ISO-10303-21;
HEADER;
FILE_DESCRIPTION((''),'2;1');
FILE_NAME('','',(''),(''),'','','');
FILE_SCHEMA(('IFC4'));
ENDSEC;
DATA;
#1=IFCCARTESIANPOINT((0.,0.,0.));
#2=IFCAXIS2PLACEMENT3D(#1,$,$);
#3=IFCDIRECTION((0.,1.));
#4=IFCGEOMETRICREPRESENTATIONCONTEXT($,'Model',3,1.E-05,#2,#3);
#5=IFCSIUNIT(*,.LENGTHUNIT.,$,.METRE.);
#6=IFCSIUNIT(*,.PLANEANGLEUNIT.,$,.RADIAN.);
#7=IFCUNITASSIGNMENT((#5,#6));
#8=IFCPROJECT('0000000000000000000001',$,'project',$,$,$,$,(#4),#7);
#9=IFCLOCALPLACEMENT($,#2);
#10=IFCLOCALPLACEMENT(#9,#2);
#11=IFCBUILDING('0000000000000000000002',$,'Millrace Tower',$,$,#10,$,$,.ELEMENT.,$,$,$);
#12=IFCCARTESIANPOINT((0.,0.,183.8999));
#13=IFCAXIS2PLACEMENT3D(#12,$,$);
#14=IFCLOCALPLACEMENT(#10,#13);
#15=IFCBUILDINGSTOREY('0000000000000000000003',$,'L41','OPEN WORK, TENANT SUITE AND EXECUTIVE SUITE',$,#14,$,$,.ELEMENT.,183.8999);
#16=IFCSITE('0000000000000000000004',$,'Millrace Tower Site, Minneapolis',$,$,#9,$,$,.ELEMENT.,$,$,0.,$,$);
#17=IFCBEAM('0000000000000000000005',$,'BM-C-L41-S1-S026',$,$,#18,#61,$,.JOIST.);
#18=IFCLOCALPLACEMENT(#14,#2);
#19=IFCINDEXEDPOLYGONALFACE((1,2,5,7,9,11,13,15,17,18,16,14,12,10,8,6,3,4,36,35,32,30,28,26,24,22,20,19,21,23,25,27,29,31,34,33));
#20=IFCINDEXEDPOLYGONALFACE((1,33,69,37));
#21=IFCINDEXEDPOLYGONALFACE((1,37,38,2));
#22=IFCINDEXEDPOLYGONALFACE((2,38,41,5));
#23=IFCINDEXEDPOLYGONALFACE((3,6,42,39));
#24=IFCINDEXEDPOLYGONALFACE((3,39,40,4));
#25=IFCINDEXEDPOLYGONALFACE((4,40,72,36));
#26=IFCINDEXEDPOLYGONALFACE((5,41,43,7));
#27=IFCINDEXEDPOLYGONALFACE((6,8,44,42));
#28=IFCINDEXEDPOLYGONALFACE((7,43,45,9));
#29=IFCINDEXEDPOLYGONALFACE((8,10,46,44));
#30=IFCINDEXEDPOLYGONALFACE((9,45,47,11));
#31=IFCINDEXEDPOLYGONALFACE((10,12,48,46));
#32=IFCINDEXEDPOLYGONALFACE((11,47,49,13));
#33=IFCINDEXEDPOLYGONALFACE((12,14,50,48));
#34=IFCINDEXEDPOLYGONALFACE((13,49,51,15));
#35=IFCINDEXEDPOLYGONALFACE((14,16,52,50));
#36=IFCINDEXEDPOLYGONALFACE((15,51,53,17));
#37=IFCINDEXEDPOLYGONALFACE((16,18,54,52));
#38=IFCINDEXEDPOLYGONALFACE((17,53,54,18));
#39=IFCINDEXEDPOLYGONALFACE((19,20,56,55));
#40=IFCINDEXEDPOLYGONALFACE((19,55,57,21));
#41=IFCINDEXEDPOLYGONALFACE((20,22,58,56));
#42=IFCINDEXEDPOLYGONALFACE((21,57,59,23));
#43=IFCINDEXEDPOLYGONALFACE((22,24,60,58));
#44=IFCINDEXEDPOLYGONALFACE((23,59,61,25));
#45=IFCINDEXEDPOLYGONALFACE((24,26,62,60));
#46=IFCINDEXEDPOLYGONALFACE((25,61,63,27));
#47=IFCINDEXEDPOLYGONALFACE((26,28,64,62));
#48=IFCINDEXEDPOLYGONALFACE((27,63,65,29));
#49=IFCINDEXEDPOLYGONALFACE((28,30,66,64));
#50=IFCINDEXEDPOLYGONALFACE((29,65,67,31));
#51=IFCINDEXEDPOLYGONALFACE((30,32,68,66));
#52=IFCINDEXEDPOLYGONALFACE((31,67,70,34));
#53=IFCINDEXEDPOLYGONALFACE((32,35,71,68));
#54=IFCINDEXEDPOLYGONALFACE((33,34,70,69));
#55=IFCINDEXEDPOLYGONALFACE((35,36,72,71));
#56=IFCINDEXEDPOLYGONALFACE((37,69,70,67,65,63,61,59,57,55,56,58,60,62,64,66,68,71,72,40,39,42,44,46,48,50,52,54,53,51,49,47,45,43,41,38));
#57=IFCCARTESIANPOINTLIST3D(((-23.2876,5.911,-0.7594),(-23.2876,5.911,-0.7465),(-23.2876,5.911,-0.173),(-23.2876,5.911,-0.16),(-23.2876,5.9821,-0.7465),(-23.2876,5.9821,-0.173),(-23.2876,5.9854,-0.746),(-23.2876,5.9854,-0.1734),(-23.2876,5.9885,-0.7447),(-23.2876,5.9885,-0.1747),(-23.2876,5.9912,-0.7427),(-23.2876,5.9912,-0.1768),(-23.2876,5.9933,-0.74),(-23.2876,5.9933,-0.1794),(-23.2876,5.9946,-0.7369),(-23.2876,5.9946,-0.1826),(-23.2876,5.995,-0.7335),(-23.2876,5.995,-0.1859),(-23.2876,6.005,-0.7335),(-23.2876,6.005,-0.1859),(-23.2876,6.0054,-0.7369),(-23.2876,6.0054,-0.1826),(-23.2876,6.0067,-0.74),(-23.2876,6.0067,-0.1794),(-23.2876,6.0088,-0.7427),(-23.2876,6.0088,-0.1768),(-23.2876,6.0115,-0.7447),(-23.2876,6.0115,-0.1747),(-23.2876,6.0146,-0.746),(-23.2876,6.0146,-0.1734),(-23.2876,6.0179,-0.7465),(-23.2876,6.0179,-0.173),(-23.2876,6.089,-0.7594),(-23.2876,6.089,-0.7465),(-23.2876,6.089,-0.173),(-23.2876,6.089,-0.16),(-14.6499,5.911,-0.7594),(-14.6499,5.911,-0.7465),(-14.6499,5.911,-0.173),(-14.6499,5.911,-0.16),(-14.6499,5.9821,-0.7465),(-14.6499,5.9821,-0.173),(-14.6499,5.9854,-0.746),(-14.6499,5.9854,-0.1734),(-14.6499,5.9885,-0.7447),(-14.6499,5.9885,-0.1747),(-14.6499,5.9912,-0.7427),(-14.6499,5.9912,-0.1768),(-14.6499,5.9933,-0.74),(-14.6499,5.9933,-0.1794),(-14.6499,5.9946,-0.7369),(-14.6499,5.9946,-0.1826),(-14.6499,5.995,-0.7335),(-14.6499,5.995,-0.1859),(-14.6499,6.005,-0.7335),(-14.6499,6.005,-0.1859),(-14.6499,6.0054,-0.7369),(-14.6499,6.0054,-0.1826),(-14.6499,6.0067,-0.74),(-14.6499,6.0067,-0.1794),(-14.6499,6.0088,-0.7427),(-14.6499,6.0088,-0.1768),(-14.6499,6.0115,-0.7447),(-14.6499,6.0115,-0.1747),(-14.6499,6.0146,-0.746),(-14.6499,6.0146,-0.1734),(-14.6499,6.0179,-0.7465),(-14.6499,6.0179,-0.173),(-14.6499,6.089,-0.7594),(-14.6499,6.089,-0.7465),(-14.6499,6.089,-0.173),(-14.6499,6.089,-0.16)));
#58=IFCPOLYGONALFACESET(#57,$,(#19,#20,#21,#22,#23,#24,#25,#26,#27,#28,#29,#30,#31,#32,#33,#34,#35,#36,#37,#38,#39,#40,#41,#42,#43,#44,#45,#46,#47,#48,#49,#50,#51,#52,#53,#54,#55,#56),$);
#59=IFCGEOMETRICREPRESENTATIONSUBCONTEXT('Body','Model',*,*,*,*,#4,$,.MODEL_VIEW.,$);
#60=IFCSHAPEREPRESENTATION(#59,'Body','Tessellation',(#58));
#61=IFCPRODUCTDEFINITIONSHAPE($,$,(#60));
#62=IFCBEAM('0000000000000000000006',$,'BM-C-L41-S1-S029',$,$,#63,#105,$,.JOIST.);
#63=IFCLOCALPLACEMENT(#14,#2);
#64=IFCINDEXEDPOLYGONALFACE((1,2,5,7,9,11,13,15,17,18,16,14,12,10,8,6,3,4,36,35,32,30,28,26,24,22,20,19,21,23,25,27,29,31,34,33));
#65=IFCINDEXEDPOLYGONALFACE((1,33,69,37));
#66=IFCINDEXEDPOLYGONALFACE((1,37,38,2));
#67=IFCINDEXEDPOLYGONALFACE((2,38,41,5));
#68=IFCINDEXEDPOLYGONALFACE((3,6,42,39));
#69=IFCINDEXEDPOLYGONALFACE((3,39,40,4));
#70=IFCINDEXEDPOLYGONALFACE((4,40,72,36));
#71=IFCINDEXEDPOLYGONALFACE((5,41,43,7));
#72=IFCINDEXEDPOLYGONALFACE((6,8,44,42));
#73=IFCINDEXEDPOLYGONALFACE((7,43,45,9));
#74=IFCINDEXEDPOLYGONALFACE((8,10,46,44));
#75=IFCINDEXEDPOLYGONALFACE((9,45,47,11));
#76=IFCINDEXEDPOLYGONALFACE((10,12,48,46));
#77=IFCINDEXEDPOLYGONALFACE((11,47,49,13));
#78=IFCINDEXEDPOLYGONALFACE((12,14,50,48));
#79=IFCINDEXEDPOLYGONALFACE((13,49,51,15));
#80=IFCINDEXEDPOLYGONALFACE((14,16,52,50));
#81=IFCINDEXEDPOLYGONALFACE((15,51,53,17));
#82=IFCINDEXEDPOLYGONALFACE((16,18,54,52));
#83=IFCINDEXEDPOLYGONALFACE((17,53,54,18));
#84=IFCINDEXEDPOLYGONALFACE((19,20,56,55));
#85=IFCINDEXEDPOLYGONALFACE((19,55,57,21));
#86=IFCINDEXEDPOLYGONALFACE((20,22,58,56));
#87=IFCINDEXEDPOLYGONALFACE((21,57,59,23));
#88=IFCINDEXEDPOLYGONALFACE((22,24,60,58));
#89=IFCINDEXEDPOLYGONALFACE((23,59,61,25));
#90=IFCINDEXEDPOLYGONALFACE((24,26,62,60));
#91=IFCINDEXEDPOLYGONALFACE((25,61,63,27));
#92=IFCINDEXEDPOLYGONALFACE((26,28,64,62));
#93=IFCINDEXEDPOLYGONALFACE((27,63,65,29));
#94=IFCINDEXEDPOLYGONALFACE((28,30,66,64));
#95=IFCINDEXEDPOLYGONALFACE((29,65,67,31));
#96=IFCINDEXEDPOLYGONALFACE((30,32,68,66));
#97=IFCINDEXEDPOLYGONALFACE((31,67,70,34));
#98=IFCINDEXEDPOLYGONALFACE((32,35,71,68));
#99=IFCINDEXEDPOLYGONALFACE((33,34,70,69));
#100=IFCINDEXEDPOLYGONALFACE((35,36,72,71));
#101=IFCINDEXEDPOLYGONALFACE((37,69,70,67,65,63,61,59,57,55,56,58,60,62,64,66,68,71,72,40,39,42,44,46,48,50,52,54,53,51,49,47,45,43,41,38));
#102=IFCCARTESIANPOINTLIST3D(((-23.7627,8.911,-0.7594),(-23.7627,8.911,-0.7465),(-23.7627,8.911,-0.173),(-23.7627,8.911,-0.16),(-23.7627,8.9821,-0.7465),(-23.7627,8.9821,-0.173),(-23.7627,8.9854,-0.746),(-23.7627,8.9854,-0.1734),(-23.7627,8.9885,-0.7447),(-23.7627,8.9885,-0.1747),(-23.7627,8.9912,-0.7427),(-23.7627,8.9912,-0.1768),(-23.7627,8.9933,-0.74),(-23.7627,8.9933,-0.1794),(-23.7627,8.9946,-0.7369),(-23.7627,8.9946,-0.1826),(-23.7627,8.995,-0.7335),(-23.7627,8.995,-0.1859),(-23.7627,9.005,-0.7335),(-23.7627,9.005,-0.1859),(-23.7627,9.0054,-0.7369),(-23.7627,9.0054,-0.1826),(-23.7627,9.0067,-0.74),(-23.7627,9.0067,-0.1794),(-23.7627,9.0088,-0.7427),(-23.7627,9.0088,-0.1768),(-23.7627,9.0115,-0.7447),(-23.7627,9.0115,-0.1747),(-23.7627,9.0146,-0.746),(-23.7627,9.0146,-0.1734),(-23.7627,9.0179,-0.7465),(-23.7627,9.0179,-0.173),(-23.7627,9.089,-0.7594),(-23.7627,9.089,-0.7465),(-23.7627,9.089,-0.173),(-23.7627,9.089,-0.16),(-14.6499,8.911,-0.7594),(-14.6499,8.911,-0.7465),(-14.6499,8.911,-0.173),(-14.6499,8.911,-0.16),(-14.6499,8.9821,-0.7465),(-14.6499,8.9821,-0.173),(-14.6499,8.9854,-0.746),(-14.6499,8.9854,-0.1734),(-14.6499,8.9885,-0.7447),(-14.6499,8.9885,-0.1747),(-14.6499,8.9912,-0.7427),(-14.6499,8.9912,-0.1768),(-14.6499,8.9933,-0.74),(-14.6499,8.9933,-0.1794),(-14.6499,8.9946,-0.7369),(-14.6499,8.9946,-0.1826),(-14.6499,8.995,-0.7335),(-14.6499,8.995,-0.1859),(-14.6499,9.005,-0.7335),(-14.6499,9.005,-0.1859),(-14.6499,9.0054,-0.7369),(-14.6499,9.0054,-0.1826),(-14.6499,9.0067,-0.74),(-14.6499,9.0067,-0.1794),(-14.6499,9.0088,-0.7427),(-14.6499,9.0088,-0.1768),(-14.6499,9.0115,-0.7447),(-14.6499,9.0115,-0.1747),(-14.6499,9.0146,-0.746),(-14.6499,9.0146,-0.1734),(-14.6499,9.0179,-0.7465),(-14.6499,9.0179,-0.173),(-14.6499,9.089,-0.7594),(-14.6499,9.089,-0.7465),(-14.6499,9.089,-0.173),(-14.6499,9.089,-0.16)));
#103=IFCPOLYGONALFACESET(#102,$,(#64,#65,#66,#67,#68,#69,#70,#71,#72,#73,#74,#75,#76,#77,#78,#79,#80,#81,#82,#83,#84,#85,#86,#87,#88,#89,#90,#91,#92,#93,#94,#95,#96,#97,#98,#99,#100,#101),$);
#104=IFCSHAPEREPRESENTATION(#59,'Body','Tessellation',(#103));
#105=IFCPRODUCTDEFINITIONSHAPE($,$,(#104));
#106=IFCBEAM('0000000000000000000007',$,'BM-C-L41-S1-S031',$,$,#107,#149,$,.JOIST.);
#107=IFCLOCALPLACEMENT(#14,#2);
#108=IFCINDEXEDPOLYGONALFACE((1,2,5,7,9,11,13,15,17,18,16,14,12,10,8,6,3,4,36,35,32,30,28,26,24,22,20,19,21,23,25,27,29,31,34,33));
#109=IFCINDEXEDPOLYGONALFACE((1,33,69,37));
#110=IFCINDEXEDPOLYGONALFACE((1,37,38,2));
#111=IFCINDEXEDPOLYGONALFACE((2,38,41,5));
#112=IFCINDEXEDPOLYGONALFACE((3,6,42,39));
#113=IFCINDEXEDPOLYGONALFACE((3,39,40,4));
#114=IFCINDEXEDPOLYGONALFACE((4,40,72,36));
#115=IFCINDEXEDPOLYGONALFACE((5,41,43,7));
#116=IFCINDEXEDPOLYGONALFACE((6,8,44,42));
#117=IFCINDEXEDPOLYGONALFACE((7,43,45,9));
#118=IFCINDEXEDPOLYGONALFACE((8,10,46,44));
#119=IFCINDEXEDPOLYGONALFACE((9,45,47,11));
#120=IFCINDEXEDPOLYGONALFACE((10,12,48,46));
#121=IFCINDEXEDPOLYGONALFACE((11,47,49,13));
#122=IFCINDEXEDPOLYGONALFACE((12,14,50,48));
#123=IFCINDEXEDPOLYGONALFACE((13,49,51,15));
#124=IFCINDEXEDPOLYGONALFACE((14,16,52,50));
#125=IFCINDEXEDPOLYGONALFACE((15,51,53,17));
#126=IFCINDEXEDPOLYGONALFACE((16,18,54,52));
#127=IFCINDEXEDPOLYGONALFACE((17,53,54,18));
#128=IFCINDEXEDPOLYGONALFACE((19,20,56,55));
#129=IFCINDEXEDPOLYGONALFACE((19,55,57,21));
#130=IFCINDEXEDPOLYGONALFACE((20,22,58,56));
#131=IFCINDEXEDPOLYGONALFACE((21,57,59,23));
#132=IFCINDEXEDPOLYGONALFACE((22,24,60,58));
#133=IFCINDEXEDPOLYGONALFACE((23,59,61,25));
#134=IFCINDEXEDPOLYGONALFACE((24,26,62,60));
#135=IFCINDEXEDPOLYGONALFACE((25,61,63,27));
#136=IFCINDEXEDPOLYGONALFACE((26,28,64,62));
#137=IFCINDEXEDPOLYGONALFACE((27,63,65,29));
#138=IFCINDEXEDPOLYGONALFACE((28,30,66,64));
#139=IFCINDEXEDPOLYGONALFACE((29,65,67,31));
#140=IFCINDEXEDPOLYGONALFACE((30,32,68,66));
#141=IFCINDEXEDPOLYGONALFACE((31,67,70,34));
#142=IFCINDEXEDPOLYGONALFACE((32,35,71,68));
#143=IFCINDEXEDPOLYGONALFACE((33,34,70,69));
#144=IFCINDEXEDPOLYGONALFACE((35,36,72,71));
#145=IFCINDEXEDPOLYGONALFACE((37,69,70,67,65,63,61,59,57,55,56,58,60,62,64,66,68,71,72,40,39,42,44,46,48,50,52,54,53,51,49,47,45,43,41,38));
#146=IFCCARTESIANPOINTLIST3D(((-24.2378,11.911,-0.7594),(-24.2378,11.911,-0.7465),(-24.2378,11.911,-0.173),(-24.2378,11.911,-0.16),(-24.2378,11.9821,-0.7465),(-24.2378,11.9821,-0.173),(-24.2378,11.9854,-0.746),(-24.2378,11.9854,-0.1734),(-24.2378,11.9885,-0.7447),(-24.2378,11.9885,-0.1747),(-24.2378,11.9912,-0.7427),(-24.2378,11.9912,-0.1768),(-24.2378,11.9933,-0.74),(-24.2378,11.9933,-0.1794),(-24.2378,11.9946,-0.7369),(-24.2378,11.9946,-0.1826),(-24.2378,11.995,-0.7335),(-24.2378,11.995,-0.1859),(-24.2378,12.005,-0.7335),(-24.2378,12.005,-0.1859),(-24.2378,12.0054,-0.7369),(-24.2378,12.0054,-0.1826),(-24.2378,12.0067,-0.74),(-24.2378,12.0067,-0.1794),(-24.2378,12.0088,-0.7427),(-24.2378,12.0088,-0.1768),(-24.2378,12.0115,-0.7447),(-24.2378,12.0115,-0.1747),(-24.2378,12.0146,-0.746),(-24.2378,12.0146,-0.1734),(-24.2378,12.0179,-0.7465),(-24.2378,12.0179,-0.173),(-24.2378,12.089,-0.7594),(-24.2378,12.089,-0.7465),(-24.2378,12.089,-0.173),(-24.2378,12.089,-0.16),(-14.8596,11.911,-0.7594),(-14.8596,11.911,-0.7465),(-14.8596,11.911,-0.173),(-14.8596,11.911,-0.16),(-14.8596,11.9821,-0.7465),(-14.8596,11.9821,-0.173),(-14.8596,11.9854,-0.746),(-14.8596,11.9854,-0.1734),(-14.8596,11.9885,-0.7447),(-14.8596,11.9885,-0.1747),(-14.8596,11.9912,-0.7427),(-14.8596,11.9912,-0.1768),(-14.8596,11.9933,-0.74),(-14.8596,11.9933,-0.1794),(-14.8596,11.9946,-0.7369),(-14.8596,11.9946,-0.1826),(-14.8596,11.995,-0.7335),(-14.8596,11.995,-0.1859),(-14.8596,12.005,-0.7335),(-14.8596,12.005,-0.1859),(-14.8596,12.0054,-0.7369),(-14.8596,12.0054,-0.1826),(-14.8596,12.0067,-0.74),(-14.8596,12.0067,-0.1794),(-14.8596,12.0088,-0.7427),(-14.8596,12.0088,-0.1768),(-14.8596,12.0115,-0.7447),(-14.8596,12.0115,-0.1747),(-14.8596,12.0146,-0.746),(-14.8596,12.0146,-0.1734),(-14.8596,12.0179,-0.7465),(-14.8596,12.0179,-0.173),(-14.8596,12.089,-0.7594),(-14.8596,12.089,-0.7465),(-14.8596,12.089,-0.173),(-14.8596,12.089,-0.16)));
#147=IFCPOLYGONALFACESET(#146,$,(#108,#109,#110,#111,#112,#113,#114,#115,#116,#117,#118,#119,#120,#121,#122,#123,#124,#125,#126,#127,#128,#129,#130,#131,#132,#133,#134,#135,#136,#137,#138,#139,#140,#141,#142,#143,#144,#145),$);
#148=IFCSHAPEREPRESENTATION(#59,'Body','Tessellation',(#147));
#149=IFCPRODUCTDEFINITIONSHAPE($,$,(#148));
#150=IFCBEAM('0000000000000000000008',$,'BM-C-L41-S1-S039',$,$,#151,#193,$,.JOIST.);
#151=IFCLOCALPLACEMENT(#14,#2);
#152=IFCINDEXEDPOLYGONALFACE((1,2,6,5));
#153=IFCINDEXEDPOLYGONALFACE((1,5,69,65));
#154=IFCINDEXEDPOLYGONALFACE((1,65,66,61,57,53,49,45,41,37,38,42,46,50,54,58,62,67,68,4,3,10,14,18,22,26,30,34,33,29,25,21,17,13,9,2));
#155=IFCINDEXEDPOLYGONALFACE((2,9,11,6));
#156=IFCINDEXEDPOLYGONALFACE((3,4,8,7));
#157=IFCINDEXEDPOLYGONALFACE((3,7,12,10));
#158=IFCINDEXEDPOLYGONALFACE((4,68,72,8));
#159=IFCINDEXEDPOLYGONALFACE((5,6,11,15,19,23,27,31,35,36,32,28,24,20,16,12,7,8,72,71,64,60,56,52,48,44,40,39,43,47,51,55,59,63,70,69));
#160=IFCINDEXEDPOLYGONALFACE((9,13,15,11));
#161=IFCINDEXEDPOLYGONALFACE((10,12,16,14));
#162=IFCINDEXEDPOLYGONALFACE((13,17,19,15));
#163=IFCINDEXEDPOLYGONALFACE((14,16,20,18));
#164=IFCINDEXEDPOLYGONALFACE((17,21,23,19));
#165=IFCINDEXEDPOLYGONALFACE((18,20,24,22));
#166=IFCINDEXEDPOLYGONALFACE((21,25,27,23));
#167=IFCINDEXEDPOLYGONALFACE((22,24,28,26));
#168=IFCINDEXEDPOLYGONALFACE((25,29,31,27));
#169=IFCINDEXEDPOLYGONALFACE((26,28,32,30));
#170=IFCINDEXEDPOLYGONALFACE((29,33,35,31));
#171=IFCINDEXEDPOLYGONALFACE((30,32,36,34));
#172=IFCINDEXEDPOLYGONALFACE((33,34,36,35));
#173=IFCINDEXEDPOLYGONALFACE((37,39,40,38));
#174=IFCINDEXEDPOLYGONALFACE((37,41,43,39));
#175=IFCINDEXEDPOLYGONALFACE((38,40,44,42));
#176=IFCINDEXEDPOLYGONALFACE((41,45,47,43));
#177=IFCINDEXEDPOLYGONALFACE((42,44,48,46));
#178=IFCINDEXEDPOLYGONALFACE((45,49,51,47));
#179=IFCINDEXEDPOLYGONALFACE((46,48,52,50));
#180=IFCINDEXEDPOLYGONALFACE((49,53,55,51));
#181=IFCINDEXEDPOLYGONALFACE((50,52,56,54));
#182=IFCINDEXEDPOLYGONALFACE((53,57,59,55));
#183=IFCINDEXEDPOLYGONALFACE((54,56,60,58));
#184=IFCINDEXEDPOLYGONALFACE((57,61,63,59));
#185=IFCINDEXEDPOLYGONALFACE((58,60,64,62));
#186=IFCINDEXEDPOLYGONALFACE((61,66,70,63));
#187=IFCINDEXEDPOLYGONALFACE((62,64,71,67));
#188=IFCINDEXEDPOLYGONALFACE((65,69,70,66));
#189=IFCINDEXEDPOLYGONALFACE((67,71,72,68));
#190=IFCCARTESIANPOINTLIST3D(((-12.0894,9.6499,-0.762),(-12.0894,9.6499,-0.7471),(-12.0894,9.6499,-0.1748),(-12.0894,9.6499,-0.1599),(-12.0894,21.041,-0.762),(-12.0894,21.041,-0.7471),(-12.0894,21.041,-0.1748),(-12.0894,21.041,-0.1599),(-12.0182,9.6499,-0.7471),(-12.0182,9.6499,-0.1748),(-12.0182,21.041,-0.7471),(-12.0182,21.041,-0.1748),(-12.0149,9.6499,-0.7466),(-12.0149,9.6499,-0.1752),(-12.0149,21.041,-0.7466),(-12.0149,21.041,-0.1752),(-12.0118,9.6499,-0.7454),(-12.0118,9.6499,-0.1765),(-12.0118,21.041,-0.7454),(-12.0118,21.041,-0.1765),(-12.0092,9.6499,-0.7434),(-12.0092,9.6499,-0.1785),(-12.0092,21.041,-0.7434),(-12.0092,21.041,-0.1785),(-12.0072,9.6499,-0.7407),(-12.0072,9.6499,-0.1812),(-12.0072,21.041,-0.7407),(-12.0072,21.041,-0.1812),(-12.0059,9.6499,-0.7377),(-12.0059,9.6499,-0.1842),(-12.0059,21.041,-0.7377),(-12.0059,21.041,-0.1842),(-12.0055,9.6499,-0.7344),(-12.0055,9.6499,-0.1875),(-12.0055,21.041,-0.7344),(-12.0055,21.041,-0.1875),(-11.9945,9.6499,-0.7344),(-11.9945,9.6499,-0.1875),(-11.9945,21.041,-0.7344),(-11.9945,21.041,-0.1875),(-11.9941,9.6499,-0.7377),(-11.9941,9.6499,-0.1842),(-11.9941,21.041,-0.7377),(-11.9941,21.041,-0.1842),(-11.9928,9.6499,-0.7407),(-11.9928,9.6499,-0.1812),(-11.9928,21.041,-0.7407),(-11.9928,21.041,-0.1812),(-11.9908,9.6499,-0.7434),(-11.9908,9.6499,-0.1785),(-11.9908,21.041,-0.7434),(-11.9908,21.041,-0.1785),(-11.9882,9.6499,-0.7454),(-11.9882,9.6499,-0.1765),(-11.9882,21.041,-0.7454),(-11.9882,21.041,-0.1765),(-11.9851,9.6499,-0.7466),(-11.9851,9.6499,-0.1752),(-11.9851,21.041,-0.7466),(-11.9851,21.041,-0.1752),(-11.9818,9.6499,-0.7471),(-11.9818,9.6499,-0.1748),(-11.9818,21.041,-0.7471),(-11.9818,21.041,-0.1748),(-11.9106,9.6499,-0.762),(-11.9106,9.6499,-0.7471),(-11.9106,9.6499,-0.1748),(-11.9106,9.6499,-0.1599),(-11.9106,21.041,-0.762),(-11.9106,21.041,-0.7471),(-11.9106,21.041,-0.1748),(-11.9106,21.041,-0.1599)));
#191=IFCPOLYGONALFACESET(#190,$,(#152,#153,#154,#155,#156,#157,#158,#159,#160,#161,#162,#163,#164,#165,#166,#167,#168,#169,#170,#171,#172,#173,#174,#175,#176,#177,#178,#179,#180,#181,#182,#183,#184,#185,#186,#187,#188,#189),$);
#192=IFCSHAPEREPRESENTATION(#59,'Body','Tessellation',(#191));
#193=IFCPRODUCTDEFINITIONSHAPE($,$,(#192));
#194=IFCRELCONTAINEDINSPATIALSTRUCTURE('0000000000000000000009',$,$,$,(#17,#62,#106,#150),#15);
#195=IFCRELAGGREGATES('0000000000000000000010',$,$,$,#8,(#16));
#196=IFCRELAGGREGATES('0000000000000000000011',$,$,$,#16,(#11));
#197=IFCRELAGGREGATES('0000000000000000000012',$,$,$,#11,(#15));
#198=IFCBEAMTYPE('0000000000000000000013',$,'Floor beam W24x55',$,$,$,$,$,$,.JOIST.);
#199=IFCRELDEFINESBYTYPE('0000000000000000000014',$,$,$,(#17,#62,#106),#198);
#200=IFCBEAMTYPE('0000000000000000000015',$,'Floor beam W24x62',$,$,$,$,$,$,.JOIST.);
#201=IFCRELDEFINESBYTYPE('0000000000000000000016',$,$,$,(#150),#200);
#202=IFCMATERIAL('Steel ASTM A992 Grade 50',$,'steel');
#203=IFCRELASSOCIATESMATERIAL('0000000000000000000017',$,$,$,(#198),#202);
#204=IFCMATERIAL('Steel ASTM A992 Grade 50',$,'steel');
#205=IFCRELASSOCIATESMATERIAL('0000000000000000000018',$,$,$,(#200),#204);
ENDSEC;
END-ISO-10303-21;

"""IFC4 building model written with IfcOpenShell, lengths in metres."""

from ifc_helpers import new_model, si_unit, direction, frame, origin, origin_2d, place, context, subcontext, project, spatial, i_section, extrude, material, material_profile, profile_set, type_object, element, save


model = new_model("IFC4")

# Units and contexts
model_context = context("Model", 3, precision=1e-05, world=origin(), true_north=direction((0.0, 1.0)))
body_context = subcontext(model_context, "Body", "Model", "MODEL_VIEW")
ifc_project = project(units=[si_unit("LENGTHUNIT", "METRE"), si_unit("PLANEANGLEUNIT", "RADIAN")], contexts=[model_context])

# Site, building, storey
site_placement = place(None, origin())
site = spatial("IfcSite", under=ifc_project, at=site_placement, Name="Millrace Tower Site, Minneapolis", CompositionType="ELEMENT", RefElevation=0.0)
building_placement = place(site_placement, origin())
building = spatial("IfcBuilding", under=site, at=building_placement, Name="Millrace Tower", CompositionType="ELEMENT")
storey_placement = place(building_placement, frame((0.0, 0.0, 183.8999)))
storey = spatial("IfcBuildingStorey", under=building, at=storey_placement, Name="L41", Description="OPEN WORK, TENANT SUITE AND EXECUTIVE SUITE", CompositionType="ELEMENT", Elevation=183.8999)

# Beams
ifc_material_1 = material(Name="Steel ASTM A992 Grade 50", Category="steel")
ifc_material_profile_1 = material_profile(ifc_material_1, i_section(OverallWidth=0.178, OverallDepth=0.5994, WebThickness=0.01, FlangeThickness=0.0129, FilletRadius=0.0129, at=origin_2d()))
ifc_profile_set_1 = profile_set([ifc_material_profile_1], Name="Steel ASTM A992 Grade 50")
beam_type_1 = type_object("IfcBeamType", Name="Floor beam W24x55", PredefinedType="JOIST", material=ifc_profile_set_1)
beam_1_placement = place(storey_placement, frame((-23.2876, 6.0, -0.4597), z_axis=(1.0, 0.0, 0.0), x_axis=(0.0, 1.0, 0.0)))
element("IfcBeam", 1, at=beam_1_placement, inside=storey, type_object=beam_type_1, Name="BM-C-L41-S1-S026", PredefinedType="JOIST", context=body_context, shape_type="SweptSolid", body=[
    extrude(i_section(OverallWidth=0.178, OverallDepth=0.5994, WebThickness=0.01, FlangeThickness=0.0129, FilletRadius=0.0129, at=origin_2d()), origin(), (0.0, 0.0, 1.0), 8.6377),
])
beam_2_placement = place(storey_placement, frame((-23.7627, 9.0, -0.4597), z_axis=(1.0, 0.0, 0.0), x_axis=(0.0, 1.0, 0.0)))
element("IfcBeam", 2, at=beam_2_placement, inside=storey, type_object=beam_type_1, Name="BM-C-L41-S1-S029", PredefinedType="JOIST", context=body_context, shape_type="SweptSolid", body=[
    extrude(i_section(OverallWidth=0.178, OverallDepth=0.5994, WebThickness=0.01, FlangeThickness=0.0129, FilletRadius=0.0129, at=origin_2d()), origin(), (0.0, 0.0, 1.0), 9.1128),
])
beam_3_placement = place(storey_placement, frame((-24.2378, 12.0, -0.4597), z_axis=(1.0, 0.0, 0.0), x_axis=(0.0, 1.0, 0.0)))
element("IfcBeam", 3, at=beam_3_placement, inside=storey, type_object=beam_type_1, Name="BM-C-L41-S1-S031", PredefinedType="JOIST", context=body_context, shape_type="SweptSolid", body=[
    extrude(i_section(OverallWidth=0.178, OverallDepth=0.5994, WebThickness=0.01, FlangeThickness=0.0129, FilletRadius=0.0129, at=origin_2d()), origin(), (0.0, 0.0, 1.0), 9.3782),
])
ifc_material_2 = material(Name="Steel ASTM A992 Grade 50", Category="steel")
ifc_material_profile_2 = material_profile(ifc_material_2, i_section(OverallWidth=0.1787, OverallDepth=0.6021, WebThickness=0.011, FlangeThickness=0.0149, FilletRadius=0.0127, at=origin_2d()))
ifc_profile_set_2 = profile_set([ifc_material_profile_2], Name="Steel ASTM A992 Grade 50")
beam_type_2 = type_object("IfcBeamType", Name="Floor beam W24x62", PredefinedType="JOIST", material=ifc_profile_set_2)
beam_4_placement = place(storey_placement, frame((-12.0, 9.6499, -0.4609), z_axis=(0.0, 1.0, 0.0), x_axis=(-1.0, 0.0, 0.0)))
element("IfcBeam", 4, at=beam_4_placement, inside=storey, type_object=beam_type_2, Name="BM-C-L41-S1-S039", PredefinedType="JOIST", context=body_context, shape_type="SweptSolid", body=[
    extrude(i_section(OverallWidth=0.1787, OverallDepth=0.6021, WebThickness=0.011, FlangeThickness=0.0149, FilletRadius=0.0127, at=origin_2d()), origin(), (0.0, 0.0, 1.0), 11.3911),
])

save(model, "model.ifc")
